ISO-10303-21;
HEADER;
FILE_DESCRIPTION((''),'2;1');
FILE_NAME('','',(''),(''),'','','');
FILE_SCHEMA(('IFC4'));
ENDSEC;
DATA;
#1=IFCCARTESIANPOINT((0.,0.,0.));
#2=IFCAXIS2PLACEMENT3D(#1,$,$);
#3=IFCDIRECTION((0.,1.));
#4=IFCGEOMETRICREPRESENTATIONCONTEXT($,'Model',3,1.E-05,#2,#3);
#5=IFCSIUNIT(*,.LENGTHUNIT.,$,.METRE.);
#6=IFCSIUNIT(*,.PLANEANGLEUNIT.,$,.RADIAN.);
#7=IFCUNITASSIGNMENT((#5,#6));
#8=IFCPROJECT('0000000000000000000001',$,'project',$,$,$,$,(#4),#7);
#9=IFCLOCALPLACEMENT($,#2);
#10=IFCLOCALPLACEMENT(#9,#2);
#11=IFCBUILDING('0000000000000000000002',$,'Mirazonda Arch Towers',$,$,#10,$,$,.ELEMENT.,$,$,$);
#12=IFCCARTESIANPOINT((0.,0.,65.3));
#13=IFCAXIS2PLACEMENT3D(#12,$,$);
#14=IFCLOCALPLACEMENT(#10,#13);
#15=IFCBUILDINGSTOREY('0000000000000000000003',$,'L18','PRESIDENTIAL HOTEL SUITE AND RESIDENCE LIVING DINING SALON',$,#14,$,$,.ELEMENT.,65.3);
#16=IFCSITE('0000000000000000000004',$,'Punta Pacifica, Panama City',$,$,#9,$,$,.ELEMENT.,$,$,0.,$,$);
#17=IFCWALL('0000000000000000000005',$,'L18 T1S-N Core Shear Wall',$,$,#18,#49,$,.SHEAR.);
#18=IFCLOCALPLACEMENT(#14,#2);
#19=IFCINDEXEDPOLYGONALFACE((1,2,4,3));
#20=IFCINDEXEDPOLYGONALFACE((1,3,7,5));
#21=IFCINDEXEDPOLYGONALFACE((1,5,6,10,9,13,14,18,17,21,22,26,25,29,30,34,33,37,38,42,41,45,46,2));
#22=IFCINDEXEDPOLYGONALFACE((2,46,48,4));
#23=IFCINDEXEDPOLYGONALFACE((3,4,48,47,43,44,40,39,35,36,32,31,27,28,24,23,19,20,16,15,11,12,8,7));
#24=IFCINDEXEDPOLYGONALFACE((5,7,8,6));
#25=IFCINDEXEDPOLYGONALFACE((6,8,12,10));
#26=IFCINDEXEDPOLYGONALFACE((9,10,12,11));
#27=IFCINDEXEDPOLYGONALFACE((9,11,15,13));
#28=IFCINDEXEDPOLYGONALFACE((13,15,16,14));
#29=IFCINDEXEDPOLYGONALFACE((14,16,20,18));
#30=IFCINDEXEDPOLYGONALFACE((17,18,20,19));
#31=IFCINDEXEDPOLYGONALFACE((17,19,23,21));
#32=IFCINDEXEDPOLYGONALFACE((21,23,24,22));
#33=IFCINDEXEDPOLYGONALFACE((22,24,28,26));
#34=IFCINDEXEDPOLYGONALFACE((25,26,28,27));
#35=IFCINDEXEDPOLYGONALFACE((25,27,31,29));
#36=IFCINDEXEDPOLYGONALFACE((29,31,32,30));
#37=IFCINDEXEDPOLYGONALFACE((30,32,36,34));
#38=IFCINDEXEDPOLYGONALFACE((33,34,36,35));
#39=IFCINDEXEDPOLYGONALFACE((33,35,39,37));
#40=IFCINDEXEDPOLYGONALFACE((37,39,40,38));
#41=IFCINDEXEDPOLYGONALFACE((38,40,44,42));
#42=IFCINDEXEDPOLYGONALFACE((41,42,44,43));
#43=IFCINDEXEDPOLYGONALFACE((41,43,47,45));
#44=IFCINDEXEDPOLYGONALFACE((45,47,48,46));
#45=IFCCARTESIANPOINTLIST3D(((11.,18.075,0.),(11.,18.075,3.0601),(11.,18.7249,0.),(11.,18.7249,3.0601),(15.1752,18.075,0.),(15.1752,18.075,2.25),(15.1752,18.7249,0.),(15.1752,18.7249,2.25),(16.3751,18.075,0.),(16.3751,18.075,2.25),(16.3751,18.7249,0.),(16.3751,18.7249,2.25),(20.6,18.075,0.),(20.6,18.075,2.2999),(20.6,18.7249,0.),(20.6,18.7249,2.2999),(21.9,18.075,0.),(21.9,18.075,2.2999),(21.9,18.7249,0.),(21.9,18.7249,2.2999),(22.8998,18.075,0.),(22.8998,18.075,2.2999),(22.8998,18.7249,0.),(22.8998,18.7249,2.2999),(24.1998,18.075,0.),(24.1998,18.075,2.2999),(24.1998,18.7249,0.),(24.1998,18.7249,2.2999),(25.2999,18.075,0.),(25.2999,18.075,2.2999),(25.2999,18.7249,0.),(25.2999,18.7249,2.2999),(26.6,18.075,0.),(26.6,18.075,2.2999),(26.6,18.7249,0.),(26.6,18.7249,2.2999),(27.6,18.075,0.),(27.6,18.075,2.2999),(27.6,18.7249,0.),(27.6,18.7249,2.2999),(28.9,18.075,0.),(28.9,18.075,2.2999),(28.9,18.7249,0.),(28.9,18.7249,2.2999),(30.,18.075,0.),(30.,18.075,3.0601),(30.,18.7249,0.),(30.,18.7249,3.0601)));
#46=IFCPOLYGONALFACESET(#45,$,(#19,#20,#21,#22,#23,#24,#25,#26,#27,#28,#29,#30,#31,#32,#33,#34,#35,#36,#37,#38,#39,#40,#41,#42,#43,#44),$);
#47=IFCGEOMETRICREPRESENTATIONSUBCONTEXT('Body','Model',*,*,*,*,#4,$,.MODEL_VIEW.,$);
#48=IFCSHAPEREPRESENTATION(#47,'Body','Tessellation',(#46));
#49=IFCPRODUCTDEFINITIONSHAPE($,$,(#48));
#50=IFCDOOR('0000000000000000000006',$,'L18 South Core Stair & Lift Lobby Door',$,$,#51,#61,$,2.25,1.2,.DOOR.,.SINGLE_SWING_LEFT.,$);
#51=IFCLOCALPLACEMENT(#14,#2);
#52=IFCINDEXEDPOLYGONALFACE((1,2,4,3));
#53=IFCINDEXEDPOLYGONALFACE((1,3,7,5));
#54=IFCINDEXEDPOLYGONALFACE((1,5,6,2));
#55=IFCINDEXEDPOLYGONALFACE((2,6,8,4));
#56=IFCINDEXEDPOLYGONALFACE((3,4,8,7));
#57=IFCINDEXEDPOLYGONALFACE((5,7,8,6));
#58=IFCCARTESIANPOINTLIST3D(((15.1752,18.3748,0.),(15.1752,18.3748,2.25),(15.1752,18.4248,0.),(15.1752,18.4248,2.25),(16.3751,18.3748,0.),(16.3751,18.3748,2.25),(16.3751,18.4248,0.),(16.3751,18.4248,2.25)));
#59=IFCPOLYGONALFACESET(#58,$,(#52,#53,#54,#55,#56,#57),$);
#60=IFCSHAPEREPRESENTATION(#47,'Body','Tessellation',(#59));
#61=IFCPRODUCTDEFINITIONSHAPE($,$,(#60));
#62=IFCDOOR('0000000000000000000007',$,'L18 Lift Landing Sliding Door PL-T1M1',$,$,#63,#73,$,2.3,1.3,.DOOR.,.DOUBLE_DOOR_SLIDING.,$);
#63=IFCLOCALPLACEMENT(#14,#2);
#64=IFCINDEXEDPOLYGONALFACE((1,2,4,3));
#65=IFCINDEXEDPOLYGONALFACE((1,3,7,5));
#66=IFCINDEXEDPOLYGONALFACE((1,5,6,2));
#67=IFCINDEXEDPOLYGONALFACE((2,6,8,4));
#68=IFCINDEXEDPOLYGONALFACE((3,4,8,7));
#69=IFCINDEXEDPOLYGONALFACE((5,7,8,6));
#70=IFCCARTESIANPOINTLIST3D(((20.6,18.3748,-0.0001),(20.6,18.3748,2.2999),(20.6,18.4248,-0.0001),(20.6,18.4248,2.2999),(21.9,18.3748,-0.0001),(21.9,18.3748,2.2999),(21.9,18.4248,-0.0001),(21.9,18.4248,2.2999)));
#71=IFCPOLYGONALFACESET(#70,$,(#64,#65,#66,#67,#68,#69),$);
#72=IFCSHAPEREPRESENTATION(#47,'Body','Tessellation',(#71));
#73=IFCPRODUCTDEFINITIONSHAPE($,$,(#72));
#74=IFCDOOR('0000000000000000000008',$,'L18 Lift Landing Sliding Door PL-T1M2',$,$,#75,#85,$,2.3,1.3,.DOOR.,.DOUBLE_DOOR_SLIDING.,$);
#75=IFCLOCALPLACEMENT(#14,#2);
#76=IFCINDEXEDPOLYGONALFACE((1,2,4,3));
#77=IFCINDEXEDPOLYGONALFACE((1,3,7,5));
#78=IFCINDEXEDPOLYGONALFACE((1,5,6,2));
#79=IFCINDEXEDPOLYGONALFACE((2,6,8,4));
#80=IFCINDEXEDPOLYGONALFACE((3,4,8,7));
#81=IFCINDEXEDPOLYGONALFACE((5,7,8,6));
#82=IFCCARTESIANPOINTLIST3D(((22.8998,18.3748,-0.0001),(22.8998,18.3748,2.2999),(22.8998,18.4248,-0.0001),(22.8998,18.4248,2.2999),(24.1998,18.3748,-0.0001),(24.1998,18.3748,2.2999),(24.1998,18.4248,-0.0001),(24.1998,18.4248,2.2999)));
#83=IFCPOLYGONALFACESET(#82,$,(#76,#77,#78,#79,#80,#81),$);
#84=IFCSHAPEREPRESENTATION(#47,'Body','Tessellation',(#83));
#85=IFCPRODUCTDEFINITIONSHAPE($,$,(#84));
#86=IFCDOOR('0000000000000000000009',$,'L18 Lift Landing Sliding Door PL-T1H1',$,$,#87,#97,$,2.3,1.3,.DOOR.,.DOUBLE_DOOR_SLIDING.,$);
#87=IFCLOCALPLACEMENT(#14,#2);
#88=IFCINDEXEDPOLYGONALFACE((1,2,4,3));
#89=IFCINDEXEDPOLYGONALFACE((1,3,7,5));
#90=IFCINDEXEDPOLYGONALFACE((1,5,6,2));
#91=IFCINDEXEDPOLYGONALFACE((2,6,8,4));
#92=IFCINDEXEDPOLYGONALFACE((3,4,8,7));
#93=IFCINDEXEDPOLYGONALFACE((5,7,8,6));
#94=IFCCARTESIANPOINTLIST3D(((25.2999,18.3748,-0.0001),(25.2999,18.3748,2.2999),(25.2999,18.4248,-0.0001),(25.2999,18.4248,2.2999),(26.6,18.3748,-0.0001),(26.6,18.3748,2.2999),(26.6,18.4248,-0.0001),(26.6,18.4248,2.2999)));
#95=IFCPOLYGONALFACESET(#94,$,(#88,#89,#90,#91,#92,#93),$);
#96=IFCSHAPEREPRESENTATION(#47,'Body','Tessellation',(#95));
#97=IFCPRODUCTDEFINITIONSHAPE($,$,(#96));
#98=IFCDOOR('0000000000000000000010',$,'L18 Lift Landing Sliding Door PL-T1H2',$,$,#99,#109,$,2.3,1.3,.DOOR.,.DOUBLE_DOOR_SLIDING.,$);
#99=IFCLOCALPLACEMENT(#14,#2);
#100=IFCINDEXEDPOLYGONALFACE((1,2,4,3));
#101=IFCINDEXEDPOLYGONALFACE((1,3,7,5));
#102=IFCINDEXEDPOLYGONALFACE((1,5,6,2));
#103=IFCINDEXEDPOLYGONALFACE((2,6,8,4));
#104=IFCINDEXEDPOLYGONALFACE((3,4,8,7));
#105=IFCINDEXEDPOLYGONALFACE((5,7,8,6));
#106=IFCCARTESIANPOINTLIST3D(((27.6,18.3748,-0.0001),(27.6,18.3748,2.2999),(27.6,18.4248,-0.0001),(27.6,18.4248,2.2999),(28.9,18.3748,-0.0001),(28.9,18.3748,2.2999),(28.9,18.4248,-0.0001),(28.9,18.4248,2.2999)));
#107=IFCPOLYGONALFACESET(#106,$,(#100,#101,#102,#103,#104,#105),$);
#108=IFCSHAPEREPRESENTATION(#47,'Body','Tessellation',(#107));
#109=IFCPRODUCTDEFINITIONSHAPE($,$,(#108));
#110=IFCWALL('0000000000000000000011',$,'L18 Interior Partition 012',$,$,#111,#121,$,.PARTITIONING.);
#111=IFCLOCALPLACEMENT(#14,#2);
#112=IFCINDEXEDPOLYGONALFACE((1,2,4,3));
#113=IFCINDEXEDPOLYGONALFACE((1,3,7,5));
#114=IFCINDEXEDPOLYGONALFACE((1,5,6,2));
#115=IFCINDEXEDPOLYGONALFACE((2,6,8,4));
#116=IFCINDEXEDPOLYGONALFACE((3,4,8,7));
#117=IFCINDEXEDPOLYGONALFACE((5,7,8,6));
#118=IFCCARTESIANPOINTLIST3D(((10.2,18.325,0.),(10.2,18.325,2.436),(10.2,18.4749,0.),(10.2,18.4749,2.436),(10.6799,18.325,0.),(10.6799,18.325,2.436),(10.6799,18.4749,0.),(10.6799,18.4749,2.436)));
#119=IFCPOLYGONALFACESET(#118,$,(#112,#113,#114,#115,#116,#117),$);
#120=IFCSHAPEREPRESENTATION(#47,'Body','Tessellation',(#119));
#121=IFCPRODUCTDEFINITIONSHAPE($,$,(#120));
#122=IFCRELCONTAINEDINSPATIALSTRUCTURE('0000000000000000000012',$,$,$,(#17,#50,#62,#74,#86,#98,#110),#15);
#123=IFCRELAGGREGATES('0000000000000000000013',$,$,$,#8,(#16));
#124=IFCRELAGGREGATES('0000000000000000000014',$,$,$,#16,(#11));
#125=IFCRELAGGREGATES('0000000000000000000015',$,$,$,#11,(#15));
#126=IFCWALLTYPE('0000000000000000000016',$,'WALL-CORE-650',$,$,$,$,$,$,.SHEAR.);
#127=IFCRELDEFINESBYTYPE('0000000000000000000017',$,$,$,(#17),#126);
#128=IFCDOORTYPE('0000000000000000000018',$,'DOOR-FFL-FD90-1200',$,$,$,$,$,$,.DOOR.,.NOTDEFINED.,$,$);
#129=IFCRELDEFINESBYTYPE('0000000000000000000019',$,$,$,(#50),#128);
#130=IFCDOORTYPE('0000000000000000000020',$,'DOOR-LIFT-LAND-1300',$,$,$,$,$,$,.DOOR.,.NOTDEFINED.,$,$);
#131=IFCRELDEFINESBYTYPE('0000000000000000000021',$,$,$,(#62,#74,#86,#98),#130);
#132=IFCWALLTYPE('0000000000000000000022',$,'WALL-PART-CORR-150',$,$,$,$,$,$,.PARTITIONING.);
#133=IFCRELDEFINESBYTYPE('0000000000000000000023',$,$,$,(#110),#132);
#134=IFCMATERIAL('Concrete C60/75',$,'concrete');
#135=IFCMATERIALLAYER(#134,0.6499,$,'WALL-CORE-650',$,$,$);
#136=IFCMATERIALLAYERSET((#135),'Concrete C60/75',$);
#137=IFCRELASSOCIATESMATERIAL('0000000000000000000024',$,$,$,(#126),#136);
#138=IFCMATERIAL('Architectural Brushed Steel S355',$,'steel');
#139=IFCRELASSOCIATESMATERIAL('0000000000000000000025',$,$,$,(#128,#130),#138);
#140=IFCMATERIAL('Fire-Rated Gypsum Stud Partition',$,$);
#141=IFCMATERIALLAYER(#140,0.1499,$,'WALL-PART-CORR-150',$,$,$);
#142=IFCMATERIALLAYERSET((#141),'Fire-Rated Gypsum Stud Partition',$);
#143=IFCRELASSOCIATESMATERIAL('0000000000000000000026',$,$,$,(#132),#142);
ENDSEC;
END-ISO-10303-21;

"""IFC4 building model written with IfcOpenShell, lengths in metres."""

from ifc_helpers import new_model, si_unit, direction, frame, frame_2d, origin, place, context, subcontext, project, spatial, rectangle, extrude, material, layer, layer_set, type_object, element, fill, save


model = new_model("IFC4")

# Units and contexts
model_context = context("Model", 3, precision=1e-05, world=origin(), true_north=direction((0.0, 1.0)))
body_context = subcontext(model_context, "Body", "Model", "MODEL_VIEW")
ifc_project = project(units=[si_unit("LENGTHUNIT", "METRE"), si_unit("PLANEANGLEUNIT", "RADIAN")], contexts=[model_context])

# Site, building, storey
site_placement = place(None, origin())
site = spatial("IfcSite", under=ifc_project, at=site_placement, Name="Punta Pacifica, Panama City", CompositionType="ELEMENT", RefElevation=0.0)
building_placement = place(site_placement, origin())
building = spatial("IfcBuilding", under=site, at=building_placement, Name="Mirazonda Arch Towers", CompositionType="ELEMENT")
storey_placement = place(building_placement, frame((0.0, 0.0, 65.3)))
storey = spatial("IfcBuildingStorey", under=building, at=storey_placement, Name="L18", Description="PRESIDENTIAL HOTEL SUITE AND RESIDENCE LIVING DINING SALON", CompositionType="ELEMENT", Elevation=65.3)

# Shared definitions
ifc_material_1 = material(Name="Concrete C60/75", Category="concrete")

# Shared definitions
ifc_material_2 = material(Name="Architectural Brushed Steel S355", Category="steel")

# Wall, openings, doors
ifc_layer_1 = layer(ifc_material_1, 0.6499, Name="WALL-CORE-650")
ifc_layer_set_1 = layer_set([ifc_layer_1], Name="Concrete C60/75")
wall_type_1 = type_object("IfcWallType", Name="WALL-CORE-650", PredefinedType="SHEAR", material=ifc_layer_set_1)
wall_1_placement = place(storey_placement, frame((11.0, 18.3999, 0.0), z_axis=(0.0, 0.0, 1.0), x_axis=(1.0, 0.0, 0.0)))
wall_1 = element("IfcWall", 1, at=wall_1_placement, inside=storey, type_object=wall_type_1, Name="L18 T1S-N Core Shear Wall", PredefinedType="SHEAR", context=body_context, shape_type="SweptSolid", body=[
    extrude(rectangle(XDim=19.0, YDim=0.6499, at=frame_2d((9.5, 0.0))), origin(), (0.0, 0.0, 1.0), 3.0601),
])
opening_1_placement = place(wall_1_placement, frame((4.175, 0.0, 0.0)))
opening_1 = element("IfcOpeningElement", 2, at=opening_1_placement, cuts=wall_1, PredefinedType="OPENING", context=body_context, shape_type="SweptSolid", body=[
    extrude(rectangle(XDim=1.2, YDim=2.25, at=frame_2d((0.6001, 1.125))), frame((0.0, 0.335, 0.0), z_axis=(0.0, -1.0, 0.0), x_axis=(1.0, 0.0, 0.0)), (0.0, 0.0, 1.0), 0.6699),
])
opening_2_placement = place(wall_1_placement, frame((9.6001, 0.0, 0.0)))
opening_2 = element("IfcOpeningElement", 3, at=opening_2_placement, cuts=wall_1, PredefinedType="OPENING", context=body_context, shape_type="SweptSolid", body=[
    extrude(rectangle(XDim=1.3, YDim=2.3, at=frame_2d((0.6499, 1.1499))), frame((0.0, 0.335, 0.0), z_axis=(0.0, -1.0, 0.0), x_axis=(1.0, 0.0, 0.0)), (0.0, 0.0, 1.0), 0.6699),
])
opening_3_placement = place(wall_1_placement, frame((11.8999, 0.0, 0.0)))
opening_3 = element("IfcOpeningElement", 4, at=opening_3_placement, cuts=wall_1, PredefinedType="OPENING", context=body_context, shape_type="SweptSolid", body=[
    extrude(rectangle(XDim=1.3, YDim=2.3, at=frame_2d((0.6499, 1.1499))), frame((0.0, 0.335, 0.0), z_axis=(0.0, -1.0, 0.0), x_axis=(1.0, 0.0, 0.0)), (0.0, 0.0, 1.0), 0.6699),
])
opening_4_placement = place(wall_1_placement, frame((14.3, 0.0, 0.0)))
opening_4 = element("IfcOpeningElement", 5, at=opening_4_placement, cuts=wall_1, PredefinedType="OPENING", context=body_context, shape_type="SweptSolid", body=[
    extrude(rectangle(XDim=1.3, YDim=2.3, at=frame_2d((0.6499, 1.1499))), frame((0.0, 0.335, 0.0), z_axis=(0.0, -1.0, 0.0), x_axis=(1.0, 0.0, 0.0)), (0.0, 0.0, 1.0), 0.6699),
])
opening_5_placement = place(wall_1_placement, frame((16.6001, 0.0, 0.0)))
opening_5 = element("IfcOpeningElement", 6, at=opening_5_placement, cuts=wall_1, PredefinedType="OPENING", context=body_context, shape_type="SweptSolid", body=[
    extrude(rectangle(XDim=1.3, YDim=2.3, at=frame_2d((0.6499, 1.1499))), frame((0.0, 0.335, 0.0), z_axis=(0.0, -1.0, 0.0), x_axis=(1.0, 0.0, 0.0)), (0.0, 0.0, 1.0), 0.6699),
])
door_type_1 = type_object("IfcDoorType", Name="DOOR-FFL-FD90-1200", OperationType="NOTDEFINED", PredefinedType="DOOR", material=ifc_material_2)
door_1_placement = place(opening_1_placement, origin())
door_1 = element("IfcDoor", 7, at=door_1_placement, inside=storey, type_object=door_type_1, Name="L18 South Core Stair & Lift Lobby Door", OperationType="SINGLE_SWING_LEFT", OverallHeight=2.25, OverallWidth=1.2, PredefinedType="DOOR", context=body_context, shape_type="SweptSolid", body=[
    extrude(rectangle(XDim=1.2, YDim=2.25, at=frame_2d((0.6001, 1.125))), frame((0.0, 0.0249, 0.0), z_axis=(0.0, -1.0, 0.0), x_axis=(1.0, 0.0, 0.0)), (0.0, 0.0, 1.0), 0.05),
])
fill(opening_1, door_1)
door_type_2 = type_object("IfcDoorType", Name="DOOR-LIFT-LAND-1300", OperationType="NOTDEFINED", PredefinedType="DOOR", material=ifc_material_2)
door_2_placement = place(opening_2_placement, origin())
door_2 = element("IfcDoor", 8, at=door_2_placement, inside=storey, type_object=door_type_2, Name="L18 Lift Landing Sliding Door PL-T1M1", OperationType="DOUBLE_DOOR_SLIDING", OverallHeight=2.3, OverallWidth=1.3, PredefinedType="DOOR", context=body_context, shape_type="SweptSolid", body=[
    extrude(rectangle(XDim=1.3, YDim=2.3, at=frame_2d((0.6499, 1.1499))), frame((0.0, 0.0249, 0.0), z_axis=(0.0, -1.0, 0.0), x_axis=(1.0, 0.0, 0.0)), (0.0, 0.0, 1.0), 0.05),
])
fill(opening_2, door_2)
door_3_placement = place(opening_3_placement, origin())
door_3 = element("IfcDoor", 9, at=door_3_placement, inside=storey, type_object=door_type_2, Name="L18 Lift Landing Sliding Door PL-T1M2", OperationType="DOUBLE_DOOR_SLIDING", OverallHeight=2.3, OverallWidth=1.3, PredefinedType="DOOR", context=body_context, shape_type="SweptSolid", body=[
    extrude(rectangle(XDim=1.3, YDim=2.3, at=frame_2d((0.6499, 1.1499))), frame((0.0, 0.0249, 0.0), z_axis=(0.0, -1.0, 0.0), x_axis=(1.0, 0.0, 0.0)), (0.0, 0.0, 1.0), 0.05),
])
fill(opening_3, door_3)
door_4_placement = place(opening_4_placement, origin())
door_4 = element("IfcDoor", 10, at=door_4_placement, inside=storey, type_object=door_type_2, Name="L18 Lift Landing Sliding Door PL-T1H1", OperationType="DOUBLE_DOOR_SLIDING", OverallHeight=2.3, OverallWidth=1.3, PredefinedType="DOOR", context=body_context, shape_type="SweptSolid", body=[
    extrude(rectangle(XDim=1.3, YDim=2.3, at=frame_2d((0.6499, 1.1499))), frame((0.0, 0.0249, 0.0), z_axis=(0.0, -1.0, 0.0), x_axis=(1.0, 0.0, 0.0)), (0.0, 0.0, 1.0), 0.05),
])
fill(opening_4, door_4)
door_5_placement = place(opening_5_placement, origin())
door_5 = element("IfcDoor", 11, at=door_5_placement, inside=storey, type_object=door_type_2, Name="L18 Lift Landing Sliding Door PL-T1H2", OperationType="DOUBLE_DOOR_SLIDING", OverallHeight=2.3, OverallWidth=1.3, PredefinedType="DOOR", context=body_context, shape_type="SweptSolid", body=[
    extrude(rectangle(XDim=1.3, YDim=2.3, at=frame_2d((0.6499, 1.1499))), frame((0.0, 0.0249, 0.0), z_axis=(0.0, -1.0, 0.0), x_axis=(1.0, 0.0, 0.0)), (0.0, 0.0, 1.0), 0.05),
])
fill(opening_5, door_5)

# Wall
ifc_material_3 = material(Name="Fire-Rated Gypsum Stud Partition")
ifc_layer_2 = layer(ifc_material_3, 0.1499, Name="WALL-PART-CORR-150")
ifc_layer_set_2 = layer_set([ifc_layer_2], Name="Fire-Rated Gypsum Stud Partition")
wall_type_2 = type_object("IfcWallType", Name="WALL-PART-CORR-150", PredefinedType="PARTITIONING", material=ifc_layer_set_2)
wall_2_placement = place(storey_placement, frame((10.2, 18.3999, 0.0), z_axis=(0.0, 0.0, 1.0), x_axis=(1.0, 0.0, 0.0)))
element("IfcWall", 12, at=wall_2_placement, inside=storey, type_object=wall_type_2, Name="L18 Interior Partition 012", PredefinedType="PARTITIONING", context=body_context, shape_type="SweptSolid", body=[
    extrude(rectangle(XDim=0.48, YDim=0.1499, at=frame_2d((0.24, 0.0))), origin(), (0.0, 0.0, 1.0), 2.436),
])

save(model, "model.ifc")
